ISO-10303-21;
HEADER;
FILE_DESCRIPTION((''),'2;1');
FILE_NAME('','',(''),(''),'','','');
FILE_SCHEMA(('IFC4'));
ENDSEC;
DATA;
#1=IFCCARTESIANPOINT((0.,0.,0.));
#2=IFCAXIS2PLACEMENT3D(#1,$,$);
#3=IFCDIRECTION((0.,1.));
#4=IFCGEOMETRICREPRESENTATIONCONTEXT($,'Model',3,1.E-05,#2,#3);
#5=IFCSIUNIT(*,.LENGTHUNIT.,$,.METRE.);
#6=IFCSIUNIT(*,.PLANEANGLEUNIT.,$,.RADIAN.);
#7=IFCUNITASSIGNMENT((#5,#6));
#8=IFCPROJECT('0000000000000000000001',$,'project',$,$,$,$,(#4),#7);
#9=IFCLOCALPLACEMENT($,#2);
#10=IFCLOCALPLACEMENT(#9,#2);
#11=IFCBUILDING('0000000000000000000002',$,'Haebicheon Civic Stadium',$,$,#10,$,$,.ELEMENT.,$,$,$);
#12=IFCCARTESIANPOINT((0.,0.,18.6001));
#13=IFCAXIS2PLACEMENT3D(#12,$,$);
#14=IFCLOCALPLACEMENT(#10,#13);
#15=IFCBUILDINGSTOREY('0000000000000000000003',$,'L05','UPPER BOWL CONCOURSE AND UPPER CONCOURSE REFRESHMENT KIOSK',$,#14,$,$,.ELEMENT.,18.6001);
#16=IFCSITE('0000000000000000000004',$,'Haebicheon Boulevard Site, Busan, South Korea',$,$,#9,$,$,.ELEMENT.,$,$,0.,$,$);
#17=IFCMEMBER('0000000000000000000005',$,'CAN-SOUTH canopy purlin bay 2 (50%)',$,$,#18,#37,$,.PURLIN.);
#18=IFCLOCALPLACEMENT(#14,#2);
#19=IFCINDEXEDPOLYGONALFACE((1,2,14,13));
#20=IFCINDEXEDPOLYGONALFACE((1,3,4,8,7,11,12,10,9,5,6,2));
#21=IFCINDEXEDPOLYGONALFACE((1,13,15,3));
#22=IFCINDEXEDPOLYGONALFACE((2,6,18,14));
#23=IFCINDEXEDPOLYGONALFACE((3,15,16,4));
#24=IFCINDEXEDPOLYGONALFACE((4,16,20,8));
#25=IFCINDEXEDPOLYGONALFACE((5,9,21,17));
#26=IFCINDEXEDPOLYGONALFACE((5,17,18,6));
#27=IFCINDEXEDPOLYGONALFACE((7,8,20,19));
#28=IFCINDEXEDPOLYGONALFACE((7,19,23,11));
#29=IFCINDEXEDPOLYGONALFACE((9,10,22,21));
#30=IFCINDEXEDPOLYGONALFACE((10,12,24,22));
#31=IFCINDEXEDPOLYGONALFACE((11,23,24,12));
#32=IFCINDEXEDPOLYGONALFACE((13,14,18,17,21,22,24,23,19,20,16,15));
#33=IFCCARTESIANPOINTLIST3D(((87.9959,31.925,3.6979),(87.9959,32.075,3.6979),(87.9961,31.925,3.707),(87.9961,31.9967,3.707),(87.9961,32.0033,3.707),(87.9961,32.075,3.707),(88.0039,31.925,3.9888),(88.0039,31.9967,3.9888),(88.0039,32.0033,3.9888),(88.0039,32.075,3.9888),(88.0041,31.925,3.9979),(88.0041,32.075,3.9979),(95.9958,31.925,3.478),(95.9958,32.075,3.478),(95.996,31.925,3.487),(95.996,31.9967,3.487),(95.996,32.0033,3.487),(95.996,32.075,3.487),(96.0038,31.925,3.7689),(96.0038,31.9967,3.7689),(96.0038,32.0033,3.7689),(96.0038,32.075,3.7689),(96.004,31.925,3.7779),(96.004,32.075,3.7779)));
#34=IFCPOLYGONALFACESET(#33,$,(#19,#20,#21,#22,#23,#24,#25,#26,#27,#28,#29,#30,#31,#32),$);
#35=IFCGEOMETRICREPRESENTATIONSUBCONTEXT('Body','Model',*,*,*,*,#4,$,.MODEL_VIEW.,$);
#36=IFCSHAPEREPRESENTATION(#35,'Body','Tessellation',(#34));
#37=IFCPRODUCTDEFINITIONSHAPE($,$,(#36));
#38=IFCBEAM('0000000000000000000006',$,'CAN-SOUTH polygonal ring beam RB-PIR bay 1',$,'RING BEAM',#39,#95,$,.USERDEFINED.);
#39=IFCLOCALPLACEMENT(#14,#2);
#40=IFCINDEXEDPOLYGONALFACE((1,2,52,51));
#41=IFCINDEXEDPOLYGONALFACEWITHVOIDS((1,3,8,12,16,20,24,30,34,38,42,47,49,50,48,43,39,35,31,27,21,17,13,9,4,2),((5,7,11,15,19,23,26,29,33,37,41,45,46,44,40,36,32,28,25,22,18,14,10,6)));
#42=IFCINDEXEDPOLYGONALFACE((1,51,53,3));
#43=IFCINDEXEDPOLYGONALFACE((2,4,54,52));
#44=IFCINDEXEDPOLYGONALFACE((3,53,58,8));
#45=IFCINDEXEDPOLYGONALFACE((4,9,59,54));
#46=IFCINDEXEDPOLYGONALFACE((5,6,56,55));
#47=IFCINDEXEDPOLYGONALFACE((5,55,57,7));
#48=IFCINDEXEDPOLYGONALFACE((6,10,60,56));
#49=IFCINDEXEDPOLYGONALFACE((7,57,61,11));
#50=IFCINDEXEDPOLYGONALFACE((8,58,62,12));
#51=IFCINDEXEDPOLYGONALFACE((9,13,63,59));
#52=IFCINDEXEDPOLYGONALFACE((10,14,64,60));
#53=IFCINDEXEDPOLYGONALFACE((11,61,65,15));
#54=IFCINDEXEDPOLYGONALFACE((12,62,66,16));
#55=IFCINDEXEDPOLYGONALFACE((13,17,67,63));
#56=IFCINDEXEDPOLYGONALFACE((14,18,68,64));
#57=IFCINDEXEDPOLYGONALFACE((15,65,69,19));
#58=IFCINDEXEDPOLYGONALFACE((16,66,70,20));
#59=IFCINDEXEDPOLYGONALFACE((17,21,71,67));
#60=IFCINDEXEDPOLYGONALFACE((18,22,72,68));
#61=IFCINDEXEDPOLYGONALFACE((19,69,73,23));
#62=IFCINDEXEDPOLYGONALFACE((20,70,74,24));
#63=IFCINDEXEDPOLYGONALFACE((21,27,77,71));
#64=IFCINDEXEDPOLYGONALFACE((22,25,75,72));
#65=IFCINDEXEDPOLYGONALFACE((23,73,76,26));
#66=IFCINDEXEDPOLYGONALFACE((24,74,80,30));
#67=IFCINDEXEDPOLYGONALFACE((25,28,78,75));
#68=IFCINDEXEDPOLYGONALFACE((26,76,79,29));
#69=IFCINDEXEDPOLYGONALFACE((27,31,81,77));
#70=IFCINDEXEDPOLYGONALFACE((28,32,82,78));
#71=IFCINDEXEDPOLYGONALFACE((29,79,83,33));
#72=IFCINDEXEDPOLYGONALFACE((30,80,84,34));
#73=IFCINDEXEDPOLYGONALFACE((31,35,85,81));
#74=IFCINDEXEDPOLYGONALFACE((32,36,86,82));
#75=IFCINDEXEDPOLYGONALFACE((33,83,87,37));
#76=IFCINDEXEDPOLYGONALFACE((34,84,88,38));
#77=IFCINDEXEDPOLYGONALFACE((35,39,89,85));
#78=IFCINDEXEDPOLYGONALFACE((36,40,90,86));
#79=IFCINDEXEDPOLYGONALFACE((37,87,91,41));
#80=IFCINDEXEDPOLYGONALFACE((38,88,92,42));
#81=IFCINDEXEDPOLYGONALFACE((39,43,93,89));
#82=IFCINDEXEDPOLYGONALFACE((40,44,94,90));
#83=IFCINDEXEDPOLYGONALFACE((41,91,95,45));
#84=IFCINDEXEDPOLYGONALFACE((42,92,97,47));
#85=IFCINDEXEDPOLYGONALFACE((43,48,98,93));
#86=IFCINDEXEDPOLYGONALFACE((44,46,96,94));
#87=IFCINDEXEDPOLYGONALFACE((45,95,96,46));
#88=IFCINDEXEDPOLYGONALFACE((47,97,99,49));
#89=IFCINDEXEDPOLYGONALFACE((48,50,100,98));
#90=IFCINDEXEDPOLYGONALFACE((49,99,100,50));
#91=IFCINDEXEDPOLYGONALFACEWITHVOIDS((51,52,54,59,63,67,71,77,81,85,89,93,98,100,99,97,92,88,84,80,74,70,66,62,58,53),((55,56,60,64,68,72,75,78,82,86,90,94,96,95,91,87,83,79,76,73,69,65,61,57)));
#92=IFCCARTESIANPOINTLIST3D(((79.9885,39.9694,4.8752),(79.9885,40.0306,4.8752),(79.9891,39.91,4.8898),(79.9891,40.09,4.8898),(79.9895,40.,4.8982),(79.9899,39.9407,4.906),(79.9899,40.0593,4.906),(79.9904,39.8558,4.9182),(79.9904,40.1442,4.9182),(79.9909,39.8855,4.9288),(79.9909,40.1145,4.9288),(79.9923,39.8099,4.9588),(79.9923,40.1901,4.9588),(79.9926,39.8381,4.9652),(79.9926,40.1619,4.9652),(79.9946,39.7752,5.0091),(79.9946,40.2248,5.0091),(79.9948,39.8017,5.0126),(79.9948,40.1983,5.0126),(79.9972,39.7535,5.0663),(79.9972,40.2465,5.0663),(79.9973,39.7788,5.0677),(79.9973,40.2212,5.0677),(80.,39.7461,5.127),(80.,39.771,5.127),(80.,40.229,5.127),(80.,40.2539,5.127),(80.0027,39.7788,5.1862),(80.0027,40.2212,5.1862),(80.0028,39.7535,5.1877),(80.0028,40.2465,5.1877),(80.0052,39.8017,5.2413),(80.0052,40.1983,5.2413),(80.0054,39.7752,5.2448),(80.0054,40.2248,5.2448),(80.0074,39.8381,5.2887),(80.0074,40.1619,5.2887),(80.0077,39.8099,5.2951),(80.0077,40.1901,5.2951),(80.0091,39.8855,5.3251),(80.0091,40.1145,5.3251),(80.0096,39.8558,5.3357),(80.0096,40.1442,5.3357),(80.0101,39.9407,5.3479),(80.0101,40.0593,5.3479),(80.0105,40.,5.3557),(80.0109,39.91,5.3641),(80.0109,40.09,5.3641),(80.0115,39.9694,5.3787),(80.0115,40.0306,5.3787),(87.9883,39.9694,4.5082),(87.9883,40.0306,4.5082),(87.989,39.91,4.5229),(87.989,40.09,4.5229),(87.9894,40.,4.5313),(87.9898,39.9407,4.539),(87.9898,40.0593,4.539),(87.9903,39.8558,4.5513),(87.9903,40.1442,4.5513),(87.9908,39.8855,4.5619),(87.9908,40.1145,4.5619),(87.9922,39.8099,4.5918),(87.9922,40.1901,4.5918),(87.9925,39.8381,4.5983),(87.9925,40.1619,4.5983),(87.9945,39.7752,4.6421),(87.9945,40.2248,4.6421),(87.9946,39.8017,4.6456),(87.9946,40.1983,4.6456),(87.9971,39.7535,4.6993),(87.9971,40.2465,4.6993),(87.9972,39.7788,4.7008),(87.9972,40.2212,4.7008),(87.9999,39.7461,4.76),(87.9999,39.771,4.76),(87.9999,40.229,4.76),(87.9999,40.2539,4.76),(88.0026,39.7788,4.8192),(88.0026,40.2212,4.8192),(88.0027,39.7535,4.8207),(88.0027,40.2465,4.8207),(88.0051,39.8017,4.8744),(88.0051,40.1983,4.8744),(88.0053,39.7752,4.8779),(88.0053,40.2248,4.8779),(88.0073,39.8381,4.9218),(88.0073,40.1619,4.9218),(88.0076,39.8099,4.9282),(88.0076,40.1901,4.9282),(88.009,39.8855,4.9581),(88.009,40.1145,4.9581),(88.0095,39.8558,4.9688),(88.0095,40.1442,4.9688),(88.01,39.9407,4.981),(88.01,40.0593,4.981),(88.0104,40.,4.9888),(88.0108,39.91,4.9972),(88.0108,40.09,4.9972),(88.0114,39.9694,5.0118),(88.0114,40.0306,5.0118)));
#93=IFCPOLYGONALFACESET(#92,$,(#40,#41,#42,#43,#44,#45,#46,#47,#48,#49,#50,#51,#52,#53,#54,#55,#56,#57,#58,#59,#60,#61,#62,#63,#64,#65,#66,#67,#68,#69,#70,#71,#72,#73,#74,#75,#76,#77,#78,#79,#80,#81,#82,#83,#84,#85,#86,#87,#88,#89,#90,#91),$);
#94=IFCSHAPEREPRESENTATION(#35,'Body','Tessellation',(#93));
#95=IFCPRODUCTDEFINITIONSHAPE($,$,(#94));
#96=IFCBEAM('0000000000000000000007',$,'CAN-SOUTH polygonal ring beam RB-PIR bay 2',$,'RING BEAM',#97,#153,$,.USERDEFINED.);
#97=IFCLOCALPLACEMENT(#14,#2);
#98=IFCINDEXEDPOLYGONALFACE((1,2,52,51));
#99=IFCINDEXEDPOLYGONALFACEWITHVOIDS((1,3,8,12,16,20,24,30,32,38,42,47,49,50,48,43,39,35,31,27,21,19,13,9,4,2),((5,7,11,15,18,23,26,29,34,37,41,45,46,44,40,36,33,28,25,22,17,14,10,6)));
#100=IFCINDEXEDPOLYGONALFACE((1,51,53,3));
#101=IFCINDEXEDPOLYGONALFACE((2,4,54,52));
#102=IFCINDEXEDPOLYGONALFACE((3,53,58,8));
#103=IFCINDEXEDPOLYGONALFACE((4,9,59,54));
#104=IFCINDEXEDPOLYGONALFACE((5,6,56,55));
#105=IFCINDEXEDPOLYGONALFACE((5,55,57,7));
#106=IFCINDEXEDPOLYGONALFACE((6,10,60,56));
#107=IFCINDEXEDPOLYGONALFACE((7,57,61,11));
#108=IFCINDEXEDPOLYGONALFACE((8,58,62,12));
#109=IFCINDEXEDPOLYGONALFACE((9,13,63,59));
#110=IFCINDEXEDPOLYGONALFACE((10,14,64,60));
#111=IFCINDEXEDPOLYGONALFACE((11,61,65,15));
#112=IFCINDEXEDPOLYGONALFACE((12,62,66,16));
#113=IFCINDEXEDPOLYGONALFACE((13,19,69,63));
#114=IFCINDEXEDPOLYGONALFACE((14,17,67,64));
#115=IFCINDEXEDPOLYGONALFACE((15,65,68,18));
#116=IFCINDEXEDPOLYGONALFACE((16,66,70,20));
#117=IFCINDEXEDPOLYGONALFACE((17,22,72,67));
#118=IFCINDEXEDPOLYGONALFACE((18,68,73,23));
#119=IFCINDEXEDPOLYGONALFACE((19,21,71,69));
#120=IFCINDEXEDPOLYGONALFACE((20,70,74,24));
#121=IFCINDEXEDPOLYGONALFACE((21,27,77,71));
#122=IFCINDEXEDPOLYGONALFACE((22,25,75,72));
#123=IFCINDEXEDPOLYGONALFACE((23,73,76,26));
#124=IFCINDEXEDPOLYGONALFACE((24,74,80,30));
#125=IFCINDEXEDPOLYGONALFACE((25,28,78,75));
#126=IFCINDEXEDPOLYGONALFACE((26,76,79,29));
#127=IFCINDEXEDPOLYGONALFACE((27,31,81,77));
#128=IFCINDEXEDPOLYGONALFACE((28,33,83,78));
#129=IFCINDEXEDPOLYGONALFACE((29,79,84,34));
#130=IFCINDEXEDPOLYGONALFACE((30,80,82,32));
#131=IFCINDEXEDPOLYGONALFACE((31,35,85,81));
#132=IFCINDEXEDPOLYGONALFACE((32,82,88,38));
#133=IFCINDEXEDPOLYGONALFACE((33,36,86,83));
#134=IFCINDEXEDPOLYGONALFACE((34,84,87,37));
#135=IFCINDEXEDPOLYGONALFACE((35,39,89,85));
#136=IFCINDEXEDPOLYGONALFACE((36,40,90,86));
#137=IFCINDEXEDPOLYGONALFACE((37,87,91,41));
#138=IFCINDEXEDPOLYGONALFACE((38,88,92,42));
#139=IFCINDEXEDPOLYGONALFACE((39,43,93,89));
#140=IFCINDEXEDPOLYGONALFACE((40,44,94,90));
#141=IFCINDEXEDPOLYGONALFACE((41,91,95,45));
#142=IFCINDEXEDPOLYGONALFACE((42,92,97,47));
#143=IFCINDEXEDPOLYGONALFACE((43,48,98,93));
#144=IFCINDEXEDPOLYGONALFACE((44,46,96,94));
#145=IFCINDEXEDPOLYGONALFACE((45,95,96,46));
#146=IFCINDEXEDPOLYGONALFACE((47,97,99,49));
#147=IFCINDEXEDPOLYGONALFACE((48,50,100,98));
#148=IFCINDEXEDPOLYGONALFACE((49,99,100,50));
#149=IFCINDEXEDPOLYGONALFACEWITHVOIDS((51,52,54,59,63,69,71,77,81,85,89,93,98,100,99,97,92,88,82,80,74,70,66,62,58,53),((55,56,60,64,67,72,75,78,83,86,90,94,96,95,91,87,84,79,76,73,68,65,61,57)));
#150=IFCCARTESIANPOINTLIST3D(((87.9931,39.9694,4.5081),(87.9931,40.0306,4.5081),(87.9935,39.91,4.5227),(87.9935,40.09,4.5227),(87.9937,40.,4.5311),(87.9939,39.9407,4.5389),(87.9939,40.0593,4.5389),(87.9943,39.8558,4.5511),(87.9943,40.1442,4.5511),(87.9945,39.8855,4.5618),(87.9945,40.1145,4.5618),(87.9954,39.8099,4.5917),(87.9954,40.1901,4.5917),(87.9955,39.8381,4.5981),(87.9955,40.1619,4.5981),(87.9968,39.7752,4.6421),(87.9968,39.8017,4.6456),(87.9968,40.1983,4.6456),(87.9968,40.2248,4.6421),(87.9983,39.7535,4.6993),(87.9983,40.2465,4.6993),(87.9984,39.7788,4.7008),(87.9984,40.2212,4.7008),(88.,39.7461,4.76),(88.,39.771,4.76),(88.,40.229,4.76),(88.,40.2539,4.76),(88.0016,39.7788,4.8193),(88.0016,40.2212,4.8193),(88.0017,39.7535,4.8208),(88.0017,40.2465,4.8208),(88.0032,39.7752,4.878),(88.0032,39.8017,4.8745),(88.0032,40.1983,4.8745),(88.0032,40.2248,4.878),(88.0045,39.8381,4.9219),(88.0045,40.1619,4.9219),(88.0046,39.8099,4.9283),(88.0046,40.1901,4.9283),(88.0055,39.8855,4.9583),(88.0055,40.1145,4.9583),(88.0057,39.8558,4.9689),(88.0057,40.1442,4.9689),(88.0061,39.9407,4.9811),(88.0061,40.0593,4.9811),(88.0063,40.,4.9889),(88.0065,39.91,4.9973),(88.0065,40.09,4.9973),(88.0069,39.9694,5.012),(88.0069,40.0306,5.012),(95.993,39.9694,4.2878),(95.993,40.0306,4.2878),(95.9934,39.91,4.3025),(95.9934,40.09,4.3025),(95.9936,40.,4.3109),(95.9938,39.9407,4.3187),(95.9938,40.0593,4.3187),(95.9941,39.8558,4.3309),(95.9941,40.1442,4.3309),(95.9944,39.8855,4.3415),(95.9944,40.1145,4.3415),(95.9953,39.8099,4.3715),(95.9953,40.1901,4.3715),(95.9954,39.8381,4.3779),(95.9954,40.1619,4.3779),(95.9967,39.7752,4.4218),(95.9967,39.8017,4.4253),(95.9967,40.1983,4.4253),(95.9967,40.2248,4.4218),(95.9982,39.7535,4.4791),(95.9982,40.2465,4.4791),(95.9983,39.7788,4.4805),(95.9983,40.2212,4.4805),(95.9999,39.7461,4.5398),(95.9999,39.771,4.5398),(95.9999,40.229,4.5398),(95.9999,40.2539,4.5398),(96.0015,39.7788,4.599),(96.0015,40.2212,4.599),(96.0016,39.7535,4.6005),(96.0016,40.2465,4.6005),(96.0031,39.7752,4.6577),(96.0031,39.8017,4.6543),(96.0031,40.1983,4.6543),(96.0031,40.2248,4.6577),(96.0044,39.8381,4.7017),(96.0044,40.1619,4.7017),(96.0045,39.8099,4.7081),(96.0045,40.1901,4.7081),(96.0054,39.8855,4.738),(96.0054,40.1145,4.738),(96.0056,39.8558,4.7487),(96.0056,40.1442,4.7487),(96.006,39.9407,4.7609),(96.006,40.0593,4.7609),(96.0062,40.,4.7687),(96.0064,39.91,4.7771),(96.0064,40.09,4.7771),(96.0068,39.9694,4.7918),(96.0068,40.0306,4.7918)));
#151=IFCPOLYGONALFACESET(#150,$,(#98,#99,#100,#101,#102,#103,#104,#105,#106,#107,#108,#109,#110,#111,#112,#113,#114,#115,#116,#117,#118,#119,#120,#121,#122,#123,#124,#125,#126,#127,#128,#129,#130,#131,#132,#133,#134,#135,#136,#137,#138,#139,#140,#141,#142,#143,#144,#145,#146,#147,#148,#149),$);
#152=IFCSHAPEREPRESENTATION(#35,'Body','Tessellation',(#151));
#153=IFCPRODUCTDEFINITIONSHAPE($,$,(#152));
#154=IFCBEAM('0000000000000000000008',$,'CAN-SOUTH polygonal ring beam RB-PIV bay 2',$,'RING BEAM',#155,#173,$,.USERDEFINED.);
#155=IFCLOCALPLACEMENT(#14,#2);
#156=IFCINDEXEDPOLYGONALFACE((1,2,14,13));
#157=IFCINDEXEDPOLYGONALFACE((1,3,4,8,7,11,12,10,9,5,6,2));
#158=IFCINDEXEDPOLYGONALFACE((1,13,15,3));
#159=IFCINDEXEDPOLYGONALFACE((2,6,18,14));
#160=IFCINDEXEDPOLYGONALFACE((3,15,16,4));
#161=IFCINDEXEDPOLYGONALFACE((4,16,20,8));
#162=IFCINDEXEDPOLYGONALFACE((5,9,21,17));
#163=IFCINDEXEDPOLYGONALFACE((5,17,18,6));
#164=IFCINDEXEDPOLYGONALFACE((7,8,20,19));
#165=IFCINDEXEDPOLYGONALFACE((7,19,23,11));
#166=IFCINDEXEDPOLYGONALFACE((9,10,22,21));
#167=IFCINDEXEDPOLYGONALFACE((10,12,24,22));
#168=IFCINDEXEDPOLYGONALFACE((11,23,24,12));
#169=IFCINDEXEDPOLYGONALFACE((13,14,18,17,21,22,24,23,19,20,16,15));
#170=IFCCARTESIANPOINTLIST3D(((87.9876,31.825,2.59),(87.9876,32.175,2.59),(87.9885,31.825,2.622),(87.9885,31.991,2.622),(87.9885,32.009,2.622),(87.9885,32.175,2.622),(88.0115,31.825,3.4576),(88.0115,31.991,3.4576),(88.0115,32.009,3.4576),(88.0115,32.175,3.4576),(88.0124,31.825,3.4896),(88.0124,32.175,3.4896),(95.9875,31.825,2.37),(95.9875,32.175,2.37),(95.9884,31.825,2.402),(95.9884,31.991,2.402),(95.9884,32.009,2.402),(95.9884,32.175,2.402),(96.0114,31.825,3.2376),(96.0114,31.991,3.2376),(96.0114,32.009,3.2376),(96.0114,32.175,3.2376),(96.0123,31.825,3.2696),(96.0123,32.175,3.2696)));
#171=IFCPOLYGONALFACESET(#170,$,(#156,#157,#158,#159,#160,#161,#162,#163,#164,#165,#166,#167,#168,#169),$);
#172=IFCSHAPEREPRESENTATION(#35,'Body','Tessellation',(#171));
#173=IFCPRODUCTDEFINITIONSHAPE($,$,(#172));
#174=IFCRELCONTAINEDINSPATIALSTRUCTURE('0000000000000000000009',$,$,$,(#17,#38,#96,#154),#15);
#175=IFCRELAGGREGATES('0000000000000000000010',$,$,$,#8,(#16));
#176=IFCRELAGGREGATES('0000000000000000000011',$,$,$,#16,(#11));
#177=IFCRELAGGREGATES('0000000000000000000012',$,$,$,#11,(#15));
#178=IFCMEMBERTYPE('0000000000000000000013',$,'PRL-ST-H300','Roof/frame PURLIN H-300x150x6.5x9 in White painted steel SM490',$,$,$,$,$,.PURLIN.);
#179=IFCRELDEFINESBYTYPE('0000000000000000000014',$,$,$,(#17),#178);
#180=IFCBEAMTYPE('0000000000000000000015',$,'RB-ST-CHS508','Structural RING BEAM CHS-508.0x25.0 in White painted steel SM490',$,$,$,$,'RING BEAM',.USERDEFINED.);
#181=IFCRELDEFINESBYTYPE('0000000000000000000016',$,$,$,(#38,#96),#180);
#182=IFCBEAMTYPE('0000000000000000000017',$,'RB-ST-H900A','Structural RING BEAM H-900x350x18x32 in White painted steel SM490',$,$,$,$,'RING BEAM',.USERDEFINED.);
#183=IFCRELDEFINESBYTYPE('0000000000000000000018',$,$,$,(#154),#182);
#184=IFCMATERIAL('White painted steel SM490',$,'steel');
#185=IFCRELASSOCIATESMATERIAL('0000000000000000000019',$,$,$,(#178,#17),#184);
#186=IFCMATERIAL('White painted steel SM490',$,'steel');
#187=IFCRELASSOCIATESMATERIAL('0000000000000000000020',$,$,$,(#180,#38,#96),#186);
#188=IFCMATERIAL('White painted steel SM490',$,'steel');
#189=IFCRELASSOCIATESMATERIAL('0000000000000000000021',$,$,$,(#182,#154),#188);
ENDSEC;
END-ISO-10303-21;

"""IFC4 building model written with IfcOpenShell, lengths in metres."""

from ifc_helpers import new_model, si_unit, direction, frame, origin, origin_2d, place, context, subcontext, project, spatial, hollow_circle, i_section, extrude, material, material_profile, profile_set, type_object, element, save


model = new_model("IFC4")

# Units and contexts
model_context = context("Model", 3, precision=1e-05, world=origin(), true_north=direction((0.0, 1.0)))
body_context = subcontext(model_context, "Body", "Model", "MODEL_VIEW")
ifc_project = project(units=[si_unit("LENGTHUNIT", "METRE"), si_unit("PLANEANGLEUNIT", "RADIAN")], contexts=[model_context])

# Site, building, storey
site_placement = place(None, origin())
site = spatial("IfcSite", under=ifc_project, at=site_placement, Name="Haebicheon Boulevard Site, Busan, South Korea", CompositionType="ELEMENT", RefElevation=0.0)
building_placement = place(site_placement, origin())
building = spatial("IfcBuilding", under=site, at=building_placement, Name="Haebicheon Civic Stadium", CompositionType="ELEMENT")
storey_placement = place(building_placement, frame((0.0, 0.0, 18.6001)))
storey = spatial("IfcBuildingStorey", under=building, at=storey_placement, Name="L05", Description="UPPER BOWL CONCOURSE AND UPPER CONCOURSE REFRESHMENT KIOSK", CompositionType="ELEMENT", Elevation=18.6001)

# Member
ifc_material_1 = material(Name="White painted steel SM490", Category="steel")
ifc_material_profile_1 = material_profile(ifc_material_1, i_section(OverallWidth=0.1499, OverallDepth=0.3, WebThickness=0.0066, FlangeThickness=0.009, at=origin_2d()), Name="H-300x150x6.5x9")
ifc_profile_set_1 = profile_set([ifc_material_profile_1], Name="White painted steel SM490")
member_type_1 = type_object("IfcMemberType", Name="PRL-ST-H300", Description="Roof/frame PURLIN H-300x150x6.5x9 in White painted steel SM490", PredefinedType="PURLIN", material=ifc_profile_set_1)
member_1_placement = place(storey_placement, frame((88.0, 32.0, 3.8479), z_axis=(0.999622, 0.0, -0.027486), x_axis=(0.0, 1.0, 0.0)))
element("IfcMember", 1, at=member_1_placement, inside=storey, type_object=member_type_1, material=ifc_profile_set_1, Name="CAN-SOUTH canopy purlin bay 2 (50%)", PredefinedType="PURLIN", context=body_context, shape_type="SweptSolid", body=[
    extrude(i_section(OverallWidth=0.1499, OverallDepth=0.3, WebThickness=0.0066, FlangeThickness=0.009, at=origin_2d()), origin(), (0.0, 0.0, 1.0), 8.0029),
])

# Beams
ifc_material_2 = material(Name="White painted steel SM490", Category="steel")
ifc_material_profile_2 = material_profile(ifc_material_2, hollow_circle(Radius=0.2539, WallThickness=0.0249, at=origin_2d()), Name="CHS-508.0x25.0")
ifc_profile_set_2 = profile_set([ifc_material_profile_2], Name="White painted steel SM490")
beam_type_1 = type_object("IfcBeamType", Name="RB-ST-CHS508", Description="Structural RING BEAM CHS-508.0x25.0 in White painted steel SM490", ElementType="RING BEAM", PredefinedType="USERDEFINED", material=ifc_profile_set_2)
beam_1_placement = place(storey_placement, frame((80.0, 40.0, 5.127), z_axis=(0.99895, 0.0, -0.04582), x_axis=(0.0, 1.0, 0.0)))
element("IfcBeam", 2, at=beam_1_placement, inside=storey, type_object=beam_type_1, material=ifc_profile_set_2, Name="CAN-SOUTH polygonal ring beam RB-PIR bay 1", ObjectType="RING BEAM", PredefinedType="USERDEFINED", context=body_context, shape_type="SweptSolid", body=[
    extrude(hollow_circle(Radius=0.2539, WallThickness=0.0249, at=origin_2d()), origin(), (0.0, 0.0, 1.0), 8.0083),
])
beam_2_placement = place(storey_placement, frame((88.0, 40.0, 4.76), z_axis=(0.999621, 0.0, -0.027516), x_axis=(0.0, 1.0, 0.0)))
element("IfcBeam", 3, at=beam_2_placement, inside=storey, type_object=beam_type_1, material=ifc_profile_set_2, Name="CAN-SOUTH polygonal ring beam RB-PIR bay 2", ObjectType="RING BEAM", PredefinedType="USERDEFINED", context=body_context, shape_type="SweptSolid", body=[
    extrude(hollow_circle(Radius=0.2539, WallThickness=0.0249, at=origin_2d()), origin(), (0.0, 0.0, 1.0), 8.0029),
])
ifc_material_3 = material(Name="White painted steel SM490", Category="steel")
ifc_material_profile_3 = material_profile(ifc_material_3, i_section(OverallWidth=0.3501, OverallDepth=0.8999, WebThickness=0.0181, FlangeThickness=0.032, at=origin_2d()), Name="H-900x350x18x32")
ifc_profile_set_3 = profile_set([ifc_material_profile_3], Name="White painted steel SM490")
beam_type_2 = type_object("IfcBeamType", Name="RB-ST-H900A", Description="Structural RING BEAM H-900x350x18x32 in White painted steel SM490", ElementType="RING BEAM", PredefinedType="USERDEFINED", material=ifc_profile_set_3)
beam_3_placement = place(storey_placement, frame((88.0, 32.0, 3.0398), z_axis=(0.999622, 0.0, -0.027486), x_axis=(0.0, 1.0, 0.0)))
element("IfcBeam", 4, at=beam_3_placement, inside=storey, type_object=beam_type_2, material=ifc_profile_set_3, Name="CAN-SOUTH polygonal ring beam RB-PIV bay 2", ObjectType="RING BEAM", PredefinedType="USERDEFINED", context=body_context, shape_type="SweptSolid", body=[
    extrude(i_section(OverallWidth=0.3501, OverallDepth=0.8999, WebThickness=0.0181, FlangeThickness=0.032, at=origin_2d()), origin(), (0.0, 0.0, 1.0), 8.0029),
])

save(model, "model.ifc")
